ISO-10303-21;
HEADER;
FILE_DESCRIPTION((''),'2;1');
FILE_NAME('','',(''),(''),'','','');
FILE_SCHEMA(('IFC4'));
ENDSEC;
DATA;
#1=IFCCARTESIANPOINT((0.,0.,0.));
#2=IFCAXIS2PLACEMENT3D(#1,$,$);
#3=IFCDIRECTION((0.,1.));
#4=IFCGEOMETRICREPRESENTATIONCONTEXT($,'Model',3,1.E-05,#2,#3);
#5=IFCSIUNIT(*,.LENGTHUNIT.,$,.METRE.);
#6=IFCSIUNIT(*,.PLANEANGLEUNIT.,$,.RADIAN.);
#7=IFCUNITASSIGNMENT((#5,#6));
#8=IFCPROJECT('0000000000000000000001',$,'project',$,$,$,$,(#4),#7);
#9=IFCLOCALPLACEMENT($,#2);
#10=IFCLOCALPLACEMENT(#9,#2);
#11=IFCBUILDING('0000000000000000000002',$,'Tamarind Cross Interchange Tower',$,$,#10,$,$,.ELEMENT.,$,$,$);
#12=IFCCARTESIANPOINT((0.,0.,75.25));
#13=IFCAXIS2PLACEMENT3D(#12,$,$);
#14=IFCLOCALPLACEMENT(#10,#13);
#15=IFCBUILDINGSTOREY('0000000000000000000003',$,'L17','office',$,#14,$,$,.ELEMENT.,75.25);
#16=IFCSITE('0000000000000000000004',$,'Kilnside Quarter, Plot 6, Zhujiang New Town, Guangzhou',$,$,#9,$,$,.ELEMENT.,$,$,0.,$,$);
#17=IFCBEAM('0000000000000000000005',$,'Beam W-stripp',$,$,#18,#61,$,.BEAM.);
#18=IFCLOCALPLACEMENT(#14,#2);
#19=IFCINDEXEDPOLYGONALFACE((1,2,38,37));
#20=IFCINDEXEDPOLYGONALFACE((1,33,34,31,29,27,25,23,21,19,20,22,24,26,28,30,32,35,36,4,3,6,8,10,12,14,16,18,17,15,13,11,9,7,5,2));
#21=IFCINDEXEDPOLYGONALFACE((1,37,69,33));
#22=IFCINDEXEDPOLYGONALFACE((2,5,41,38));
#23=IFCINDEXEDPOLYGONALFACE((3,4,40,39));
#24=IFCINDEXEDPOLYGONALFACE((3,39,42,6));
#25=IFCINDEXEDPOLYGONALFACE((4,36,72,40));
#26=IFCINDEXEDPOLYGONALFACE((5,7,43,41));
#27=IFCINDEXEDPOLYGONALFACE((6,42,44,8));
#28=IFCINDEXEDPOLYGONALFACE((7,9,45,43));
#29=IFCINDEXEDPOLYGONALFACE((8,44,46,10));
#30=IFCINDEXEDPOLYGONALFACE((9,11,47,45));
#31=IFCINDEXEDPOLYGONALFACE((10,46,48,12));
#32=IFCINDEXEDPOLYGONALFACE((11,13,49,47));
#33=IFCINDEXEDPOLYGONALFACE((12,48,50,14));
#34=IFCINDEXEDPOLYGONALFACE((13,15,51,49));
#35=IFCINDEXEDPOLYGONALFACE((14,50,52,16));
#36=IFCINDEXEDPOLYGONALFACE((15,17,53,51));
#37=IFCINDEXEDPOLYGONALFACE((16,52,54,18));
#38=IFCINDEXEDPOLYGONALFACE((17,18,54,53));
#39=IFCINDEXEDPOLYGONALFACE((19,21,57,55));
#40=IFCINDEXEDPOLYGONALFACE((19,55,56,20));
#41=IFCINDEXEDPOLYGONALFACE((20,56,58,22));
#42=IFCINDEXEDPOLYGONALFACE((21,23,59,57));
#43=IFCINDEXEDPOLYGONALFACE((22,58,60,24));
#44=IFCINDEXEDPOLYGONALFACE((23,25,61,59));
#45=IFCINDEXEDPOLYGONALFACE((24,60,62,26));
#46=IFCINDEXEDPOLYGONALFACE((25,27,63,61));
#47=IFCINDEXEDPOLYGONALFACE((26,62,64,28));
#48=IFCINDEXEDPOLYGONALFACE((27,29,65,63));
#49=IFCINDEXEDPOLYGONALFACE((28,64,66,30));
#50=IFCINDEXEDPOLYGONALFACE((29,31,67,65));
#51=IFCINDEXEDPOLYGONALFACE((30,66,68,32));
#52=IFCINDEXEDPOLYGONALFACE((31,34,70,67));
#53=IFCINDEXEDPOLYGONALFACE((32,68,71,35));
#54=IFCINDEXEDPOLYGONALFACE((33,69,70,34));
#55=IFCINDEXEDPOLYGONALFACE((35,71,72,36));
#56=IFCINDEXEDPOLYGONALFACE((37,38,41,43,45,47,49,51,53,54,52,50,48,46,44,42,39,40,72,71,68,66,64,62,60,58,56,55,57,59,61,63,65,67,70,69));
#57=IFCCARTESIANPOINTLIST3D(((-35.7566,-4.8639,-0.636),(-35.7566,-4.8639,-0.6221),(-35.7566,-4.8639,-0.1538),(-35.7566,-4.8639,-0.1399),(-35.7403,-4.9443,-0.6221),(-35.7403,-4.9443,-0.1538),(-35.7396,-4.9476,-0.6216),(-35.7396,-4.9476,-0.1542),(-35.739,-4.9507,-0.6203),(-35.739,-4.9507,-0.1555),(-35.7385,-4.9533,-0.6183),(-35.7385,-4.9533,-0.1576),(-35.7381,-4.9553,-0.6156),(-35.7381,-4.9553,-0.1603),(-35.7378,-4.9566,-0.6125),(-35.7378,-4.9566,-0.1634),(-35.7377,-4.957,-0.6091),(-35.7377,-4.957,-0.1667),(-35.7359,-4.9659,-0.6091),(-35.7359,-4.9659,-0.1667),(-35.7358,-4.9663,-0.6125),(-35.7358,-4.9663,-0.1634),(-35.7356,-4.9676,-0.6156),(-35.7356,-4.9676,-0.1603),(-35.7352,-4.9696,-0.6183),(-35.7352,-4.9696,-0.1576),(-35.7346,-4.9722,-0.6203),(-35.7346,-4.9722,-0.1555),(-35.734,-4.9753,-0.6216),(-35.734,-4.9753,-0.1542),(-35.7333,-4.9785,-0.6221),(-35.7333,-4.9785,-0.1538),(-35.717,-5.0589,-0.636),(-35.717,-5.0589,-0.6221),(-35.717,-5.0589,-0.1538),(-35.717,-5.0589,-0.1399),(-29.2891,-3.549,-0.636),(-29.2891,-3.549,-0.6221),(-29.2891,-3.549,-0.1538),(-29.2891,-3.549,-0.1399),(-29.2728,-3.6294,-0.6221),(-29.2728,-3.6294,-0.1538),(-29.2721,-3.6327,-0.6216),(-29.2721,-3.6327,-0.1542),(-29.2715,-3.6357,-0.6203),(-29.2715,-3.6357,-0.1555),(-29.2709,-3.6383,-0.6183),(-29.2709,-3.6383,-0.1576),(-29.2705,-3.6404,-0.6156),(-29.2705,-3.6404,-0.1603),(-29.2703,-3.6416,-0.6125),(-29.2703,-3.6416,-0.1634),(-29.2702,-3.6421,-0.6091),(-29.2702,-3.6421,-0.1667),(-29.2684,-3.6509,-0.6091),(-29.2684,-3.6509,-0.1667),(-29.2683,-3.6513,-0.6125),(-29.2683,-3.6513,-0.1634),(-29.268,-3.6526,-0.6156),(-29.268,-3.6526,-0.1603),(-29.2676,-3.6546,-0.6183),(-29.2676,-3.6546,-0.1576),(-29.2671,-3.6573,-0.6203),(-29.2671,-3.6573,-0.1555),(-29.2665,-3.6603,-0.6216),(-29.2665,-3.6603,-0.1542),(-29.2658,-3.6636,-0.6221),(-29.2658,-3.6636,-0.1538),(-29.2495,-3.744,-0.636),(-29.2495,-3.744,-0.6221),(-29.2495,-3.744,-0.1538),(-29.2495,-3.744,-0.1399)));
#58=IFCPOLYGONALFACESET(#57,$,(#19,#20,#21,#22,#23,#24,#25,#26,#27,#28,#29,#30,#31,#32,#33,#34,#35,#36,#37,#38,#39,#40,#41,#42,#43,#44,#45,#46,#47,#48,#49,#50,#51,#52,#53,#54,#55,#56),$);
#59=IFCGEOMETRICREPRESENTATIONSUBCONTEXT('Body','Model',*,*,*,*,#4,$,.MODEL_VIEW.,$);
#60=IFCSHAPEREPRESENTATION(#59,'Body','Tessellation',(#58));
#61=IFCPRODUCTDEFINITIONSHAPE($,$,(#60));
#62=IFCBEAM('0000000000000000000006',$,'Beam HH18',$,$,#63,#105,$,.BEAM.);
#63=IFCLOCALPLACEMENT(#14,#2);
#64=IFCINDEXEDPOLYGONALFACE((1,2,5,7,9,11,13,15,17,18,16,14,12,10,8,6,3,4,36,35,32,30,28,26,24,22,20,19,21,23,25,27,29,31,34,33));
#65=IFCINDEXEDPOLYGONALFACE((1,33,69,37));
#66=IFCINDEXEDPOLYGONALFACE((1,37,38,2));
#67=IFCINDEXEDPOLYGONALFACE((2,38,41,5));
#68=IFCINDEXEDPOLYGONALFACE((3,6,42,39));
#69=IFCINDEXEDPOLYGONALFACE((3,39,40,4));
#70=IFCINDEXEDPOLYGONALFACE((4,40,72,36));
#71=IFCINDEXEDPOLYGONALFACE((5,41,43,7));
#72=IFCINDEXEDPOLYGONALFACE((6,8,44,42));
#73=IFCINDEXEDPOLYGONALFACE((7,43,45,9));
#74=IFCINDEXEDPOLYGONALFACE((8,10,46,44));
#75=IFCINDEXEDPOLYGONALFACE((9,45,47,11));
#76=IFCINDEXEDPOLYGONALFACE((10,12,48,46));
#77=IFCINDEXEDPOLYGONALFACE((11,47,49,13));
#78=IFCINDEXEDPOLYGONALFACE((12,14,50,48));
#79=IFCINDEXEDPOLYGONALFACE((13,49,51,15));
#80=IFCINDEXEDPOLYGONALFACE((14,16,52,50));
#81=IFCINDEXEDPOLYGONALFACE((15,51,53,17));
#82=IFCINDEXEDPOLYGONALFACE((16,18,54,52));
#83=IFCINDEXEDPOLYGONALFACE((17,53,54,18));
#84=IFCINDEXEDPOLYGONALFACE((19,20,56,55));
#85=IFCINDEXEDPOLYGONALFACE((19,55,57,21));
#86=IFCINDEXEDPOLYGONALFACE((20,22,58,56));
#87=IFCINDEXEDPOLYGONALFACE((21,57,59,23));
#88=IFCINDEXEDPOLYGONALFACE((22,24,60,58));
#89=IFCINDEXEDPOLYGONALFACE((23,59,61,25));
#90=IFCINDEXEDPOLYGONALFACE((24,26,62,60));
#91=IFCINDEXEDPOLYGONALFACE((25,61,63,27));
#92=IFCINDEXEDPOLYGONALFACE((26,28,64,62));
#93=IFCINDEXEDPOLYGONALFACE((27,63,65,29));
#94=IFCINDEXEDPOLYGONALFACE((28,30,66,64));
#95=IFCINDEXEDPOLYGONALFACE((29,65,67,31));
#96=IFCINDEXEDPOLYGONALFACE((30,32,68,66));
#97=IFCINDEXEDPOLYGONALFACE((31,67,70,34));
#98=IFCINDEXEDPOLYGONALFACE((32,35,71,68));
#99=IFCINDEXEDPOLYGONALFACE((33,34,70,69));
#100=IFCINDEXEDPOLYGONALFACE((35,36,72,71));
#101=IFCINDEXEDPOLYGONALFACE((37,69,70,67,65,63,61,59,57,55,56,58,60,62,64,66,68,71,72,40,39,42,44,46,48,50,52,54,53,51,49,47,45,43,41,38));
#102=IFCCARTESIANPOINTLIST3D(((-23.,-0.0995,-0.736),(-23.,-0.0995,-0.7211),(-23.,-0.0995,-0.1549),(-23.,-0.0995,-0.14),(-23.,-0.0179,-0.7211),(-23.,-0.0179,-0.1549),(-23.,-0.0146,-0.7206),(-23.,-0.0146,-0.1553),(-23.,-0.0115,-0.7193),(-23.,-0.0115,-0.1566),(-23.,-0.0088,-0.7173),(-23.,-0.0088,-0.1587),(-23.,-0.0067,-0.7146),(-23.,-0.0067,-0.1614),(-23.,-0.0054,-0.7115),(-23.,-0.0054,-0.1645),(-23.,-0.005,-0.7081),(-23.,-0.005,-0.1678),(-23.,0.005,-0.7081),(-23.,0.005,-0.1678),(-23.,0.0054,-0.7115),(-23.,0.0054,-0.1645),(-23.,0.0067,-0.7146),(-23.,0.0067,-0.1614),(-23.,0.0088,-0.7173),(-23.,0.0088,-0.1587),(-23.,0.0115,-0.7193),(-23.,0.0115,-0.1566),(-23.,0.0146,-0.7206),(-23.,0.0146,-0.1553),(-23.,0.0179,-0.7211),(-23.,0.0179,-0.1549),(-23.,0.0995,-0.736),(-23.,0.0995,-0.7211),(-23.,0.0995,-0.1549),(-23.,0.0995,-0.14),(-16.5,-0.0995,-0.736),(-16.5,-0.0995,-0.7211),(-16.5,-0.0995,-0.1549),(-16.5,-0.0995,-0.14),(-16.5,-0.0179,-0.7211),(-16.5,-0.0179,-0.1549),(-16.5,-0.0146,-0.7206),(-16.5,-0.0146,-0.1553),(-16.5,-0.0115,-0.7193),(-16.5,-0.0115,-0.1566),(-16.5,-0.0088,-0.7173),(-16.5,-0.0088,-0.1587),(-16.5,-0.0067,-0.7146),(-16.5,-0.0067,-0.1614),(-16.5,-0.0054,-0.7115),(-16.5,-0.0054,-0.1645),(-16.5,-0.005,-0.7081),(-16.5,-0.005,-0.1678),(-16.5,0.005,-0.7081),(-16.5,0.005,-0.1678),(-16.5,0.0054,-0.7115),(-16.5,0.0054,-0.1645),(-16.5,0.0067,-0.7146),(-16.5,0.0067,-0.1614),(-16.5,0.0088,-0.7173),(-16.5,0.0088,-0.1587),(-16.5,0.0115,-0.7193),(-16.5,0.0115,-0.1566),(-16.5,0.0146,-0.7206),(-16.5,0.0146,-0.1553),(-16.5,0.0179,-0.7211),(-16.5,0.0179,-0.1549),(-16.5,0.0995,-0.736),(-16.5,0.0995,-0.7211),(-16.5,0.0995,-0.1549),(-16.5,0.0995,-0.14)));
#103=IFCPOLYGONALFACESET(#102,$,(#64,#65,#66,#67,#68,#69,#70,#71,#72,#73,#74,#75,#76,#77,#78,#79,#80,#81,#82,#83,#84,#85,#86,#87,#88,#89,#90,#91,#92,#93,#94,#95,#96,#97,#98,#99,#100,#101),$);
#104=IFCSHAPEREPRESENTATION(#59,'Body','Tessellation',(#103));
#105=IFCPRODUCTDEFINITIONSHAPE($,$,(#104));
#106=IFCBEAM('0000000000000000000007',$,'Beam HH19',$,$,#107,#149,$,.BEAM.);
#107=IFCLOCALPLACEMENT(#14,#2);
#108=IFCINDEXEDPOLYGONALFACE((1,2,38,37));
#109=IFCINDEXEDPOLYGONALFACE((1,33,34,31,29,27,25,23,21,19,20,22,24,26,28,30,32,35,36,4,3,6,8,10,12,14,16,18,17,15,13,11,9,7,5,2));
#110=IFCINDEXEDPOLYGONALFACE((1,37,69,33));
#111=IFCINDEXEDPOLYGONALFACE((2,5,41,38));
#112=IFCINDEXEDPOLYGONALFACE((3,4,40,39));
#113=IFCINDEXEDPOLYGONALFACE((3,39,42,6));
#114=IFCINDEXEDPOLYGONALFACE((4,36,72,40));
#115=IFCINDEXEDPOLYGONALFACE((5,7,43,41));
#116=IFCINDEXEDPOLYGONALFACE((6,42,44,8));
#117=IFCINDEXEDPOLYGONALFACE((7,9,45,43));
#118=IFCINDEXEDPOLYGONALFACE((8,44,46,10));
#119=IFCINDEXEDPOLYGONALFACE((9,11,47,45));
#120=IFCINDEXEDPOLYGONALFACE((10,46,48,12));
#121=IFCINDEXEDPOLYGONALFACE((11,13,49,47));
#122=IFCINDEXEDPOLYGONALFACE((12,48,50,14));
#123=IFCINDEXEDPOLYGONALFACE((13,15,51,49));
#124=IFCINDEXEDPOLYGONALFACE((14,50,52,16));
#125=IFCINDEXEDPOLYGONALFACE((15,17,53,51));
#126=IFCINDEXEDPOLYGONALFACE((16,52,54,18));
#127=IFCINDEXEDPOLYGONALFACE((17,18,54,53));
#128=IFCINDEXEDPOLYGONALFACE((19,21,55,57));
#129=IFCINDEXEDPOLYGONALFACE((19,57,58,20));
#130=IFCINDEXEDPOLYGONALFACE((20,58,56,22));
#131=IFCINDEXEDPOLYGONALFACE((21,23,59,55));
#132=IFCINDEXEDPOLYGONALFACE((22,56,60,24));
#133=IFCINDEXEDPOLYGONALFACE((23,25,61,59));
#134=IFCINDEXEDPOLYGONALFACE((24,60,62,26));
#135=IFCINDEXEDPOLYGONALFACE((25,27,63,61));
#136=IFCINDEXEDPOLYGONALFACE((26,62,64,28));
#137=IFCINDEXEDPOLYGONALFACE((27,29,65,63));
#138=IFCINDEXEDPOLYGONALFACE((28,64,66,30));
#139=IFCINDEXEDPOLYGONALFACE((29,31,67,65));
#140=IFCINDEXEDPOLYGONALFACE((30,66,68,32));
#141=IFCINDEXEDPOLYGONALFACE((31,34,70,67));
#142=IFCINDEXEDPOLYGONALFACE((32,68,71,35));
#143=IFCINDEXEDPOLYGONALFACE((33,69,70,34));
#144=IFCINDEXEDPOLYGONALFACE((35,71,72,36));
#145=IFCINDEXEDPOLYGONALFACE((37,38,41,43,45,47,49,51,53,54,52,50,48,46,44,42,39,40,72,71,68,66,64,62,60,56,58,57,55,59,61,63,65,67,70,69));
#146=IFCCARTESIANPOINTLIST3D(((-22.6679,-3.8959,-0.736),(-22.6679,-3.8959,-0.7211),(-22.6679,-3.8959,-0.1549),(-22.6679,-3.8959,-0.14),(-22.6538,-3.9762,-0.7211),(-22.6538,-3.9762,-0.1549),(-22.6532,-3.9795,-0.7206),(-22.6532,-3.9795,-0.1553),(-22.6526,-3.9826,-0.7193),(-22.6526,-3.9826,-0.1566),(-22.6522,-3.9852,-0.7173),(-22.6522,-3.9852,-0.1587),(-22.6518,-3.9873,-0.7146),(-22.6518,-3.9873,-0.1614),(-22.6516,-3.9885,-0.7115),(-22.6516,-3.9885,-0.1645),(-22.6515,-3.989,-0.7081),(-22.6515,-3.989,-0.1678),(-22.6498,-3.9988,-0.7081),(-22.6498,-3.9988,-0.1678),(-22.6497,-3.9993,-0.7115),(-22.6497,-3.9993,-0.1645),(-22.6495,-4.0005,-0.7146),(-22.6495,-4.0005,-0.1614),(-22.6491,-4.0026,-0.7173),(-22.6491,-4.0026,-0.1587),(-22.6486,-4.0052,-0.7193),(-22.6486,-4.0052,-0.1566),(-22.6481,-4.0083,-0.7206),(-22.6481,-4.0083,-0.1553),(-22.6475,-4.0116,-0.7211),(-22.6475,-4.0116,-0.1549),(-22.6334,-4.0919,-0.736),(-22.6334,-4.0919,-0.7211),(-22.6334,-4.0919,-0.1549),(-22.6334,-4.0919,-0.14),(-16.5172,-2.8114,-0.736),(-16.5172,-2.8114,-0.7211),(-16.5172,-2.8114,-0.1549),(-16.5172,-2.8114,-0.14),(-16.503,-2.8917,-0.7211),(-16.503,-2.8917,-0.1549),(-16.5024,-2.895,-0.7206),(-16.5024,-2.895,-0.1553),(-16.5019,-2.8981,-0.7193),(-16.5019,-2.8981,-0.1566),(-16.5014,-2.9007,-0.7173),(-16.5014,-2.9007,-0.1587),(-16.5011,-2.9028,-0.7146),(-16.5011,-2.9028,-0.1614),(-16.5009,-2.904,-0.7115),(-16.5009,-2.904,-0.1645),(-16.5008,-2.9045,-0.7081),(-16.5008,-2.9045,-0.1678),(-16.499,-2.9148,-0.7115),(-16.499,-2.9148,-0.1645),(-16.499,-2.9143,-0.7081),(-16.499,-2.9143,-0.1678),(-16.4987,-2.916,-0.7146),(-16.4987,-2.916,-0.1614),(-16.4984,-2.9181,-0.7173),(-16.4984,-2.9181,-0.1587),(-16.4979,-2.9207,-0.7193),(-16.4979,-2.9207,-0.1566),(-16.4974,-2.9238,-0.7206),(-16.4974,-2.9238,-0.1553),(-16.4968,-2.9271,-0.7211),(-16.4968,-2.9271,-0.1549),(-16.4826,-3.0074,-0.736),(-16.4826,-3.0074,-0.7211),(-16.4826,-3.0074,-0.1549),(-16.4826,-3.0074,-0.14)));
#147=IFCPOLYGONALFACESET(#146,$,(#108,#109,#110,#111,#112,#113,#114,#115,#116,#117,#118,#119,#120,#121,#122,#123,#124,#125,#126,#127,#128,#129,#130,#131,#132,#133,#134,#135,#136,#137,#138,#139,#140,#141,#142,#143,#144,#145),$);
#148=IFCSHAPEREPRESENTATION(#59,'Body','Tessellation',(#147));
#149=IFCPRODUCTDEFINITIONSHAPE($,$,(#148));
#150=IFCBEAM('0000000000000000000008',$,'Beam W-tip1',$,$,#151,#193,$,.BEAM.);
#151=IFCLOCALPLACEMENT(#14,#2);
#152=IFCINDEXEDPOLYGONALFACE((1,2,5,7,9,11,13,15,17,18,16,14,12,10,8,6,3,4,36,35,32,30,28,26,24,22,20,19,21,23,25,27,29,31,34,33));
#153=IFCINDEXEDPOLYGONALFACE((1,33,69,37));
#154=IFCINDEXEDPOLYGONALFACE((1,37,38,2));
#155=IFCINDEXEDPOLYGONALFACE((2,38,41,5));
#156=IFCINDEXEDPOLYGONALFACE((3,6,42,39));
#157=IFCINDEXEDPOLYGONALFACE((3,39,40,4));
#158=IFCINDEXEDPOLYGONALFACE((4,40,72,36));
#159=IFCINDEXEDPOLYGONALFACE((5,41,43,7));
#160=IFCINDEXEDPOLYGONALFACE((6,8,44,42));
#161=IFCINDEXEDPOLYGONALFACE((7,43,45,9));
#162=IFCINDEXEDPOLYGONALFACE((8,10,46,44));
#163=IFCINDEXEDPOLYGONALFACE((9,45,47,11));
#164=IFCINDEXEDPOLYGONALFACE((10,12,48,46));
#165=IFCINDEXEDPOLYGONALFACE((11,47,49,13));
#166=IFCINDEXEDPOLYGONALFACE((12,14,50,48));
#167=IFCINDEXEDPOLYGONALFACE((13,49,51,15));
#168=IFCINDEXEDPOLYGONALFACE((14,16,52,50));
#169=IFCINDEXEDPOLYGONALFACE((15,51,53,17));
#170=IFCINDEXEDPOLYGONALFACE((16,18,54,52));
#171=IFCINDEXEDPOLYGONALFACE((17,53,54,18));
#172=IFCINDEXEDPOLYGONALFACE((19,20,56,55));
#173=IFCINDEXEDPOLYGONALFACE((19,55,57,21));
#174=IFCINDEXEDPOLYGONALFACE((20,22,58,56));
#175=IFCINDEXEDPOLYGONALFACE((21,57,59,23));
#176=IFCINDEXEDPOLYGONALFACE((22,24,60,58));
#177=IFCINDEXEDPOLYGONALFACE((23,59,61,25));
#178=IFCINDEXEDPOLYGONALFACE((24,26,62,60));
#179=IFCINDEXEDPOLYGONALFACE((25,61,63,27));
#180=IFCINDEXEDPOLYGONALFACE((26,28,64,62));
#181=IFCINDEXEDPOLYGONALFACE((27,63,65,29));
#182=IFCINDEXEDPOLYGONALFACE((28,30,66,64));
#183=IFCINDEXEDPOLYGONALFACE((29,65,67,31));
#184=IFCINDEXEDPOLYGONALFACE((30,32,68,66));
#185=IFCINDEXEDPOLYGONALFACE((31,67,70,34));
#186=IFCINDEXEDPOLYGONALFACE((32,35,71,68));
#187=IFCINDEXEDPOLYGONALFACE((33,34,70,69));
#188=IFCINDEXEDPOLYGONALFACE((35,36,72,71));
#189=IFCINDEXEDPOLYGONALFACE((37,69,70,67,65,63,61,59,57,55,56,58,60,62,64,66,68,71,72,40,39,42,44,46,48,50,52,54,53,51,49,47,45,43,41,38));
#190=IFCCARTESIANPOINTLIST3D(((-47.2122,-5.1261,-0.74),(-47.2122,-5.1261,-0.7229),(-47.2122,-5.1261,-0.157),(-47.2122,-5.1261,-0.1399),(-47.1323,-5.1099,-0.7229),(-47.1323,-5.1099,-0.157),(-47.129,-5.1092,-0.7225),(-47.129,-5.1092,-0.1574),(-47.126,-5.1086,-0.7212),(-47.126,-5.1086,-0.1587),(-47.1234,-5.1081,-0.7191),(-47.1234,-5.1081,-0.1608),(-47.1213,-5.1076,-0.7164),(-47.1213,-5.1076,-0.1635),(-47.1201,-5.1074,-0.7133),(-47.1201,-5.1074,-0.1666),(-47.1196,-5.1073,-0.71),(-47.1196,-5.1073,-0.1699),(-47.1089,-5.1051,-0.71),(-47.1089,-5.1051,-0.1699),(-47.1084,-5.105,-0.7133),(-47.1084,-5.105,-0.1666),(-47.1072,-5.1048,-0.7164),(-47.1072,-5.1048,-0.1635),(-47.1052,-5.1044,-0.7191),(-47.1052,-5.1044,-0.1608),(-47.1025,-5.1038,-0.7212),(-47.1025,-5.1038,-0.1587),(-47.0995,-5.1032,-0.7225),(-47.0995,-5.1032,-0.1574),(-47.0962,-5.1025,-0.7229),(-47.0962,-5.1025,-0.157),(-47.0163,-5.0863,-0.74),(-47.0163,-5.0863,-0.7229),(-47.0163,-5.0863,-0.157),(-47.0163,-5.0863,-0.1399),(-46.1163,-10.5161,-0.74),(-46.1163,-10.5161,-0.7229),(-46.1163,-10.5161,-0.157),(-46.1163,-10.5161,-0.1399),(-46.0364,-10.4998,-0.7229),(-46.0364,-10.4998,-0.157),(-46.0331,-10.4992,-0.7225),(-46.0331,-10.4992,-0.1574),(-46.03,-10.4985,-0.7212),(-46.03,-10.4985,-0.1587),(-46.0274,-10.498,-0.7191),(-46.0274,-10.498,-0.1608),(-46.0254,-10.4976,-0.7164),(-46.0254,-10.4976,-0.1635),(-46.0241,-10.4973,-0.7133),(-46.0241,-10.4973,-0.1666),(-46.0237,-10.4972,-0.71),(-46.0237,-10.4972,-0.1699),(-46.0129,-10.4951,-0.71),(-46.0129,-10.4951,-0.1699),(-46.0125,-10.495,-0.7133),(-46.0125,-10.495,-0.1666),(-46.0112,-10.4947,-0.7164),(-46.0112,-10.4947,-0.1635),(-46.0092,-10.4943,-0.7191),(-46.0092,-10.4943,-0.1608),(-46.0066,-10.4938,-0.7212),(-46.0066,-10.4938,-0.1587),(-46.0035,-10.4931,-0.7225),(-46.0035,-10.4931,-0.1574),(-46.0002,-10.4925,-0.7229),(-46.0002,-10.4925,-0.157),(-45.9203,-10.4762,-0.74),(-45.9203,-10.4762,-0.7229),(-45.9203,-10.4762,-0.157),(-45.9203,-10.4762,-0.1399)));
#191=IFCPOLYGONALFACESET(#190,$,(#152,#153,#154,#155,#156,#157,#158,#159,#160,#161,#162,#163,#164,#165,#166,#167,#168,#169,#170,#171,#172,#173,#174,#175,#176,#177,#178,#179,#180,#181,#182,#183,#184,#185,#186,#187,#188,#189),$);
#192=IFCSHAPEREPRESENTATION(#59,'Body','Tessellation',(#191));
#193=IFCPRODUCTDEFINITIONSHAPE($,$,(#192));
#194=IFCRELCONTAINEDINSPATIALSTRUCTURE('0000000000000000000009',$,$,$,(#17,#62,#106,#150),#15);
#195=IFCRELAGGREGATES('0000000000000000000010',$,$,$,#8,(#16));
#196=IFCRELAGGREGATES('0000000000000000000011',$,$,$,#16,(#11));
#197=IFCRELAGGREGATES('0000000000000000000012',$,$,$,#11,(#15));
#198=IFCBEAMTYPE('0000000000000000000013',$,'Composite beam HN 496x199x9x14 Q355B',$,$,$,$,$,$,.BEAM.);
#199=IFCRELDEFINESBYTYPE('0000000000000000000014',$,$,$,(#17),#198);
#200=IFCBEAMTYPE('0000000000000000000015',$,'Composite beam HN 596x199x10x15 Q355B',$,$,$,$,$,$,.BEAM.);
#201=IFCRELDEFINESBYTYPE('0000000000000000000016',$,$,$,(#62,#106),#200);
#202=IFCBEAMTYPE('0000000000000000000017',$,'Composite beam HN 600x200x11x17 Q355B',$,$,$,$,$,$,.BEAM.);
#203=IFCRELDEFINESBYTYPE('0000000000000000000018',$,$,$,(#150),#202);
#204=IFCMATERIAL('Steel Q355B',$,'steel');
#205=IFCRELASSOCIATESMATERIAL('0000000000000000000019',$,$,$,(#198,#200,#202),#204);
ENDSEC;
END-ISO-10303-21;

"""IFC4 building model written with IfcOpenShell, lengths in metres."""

from ifc_helpers import new_model, si_unit, direction, frame, origin, origin_2d, place, context, subcontext, project, spatial, i_section, extrude, material, material_profile, profile_set, type_object, element, save


model = new_model("IFC4")

# Units and contexts
model_context = context("Model", 3, precision=1e-05, world=origin(), true_north=direction((0.0, 1.0)))
body_context = subcontext(model_context, "Body", "Model", "MODEL_VIEW")
ifc_project = project(units=[si_unit("LENGTHUNIT", "METRE"), si_unit("PLANEANGLEUNIT", "RADIAN")], contexts=[model_context])

# Site, building, storey
site_placement = place(None, origin())
site = spatial("IfcSite", under=ifc_project, at=site_placement, Name="Kilnside Quarter, Plot 6, Zhujiang New Town, Guangzhou", CompositionType="ELEMENT", RefElevation=0.0)
building_placement = place(site_placement, origin())
building = spatial("IfcBuilding", under=site, at=building_placement, Name="Tamarind Cross Interchange Tower", CompositionType="ELEMENT")
storey_placement = place(building_placement, frame((0.0, 0.0, 75.25)))
storey = spatial("IfcBuildingStorey", under=building, at=storey_placement, Name="L17", Description="office", CompositionType="ELEMENT", Elevation=75.25)

# Beams
ifc_material_1 = material(Name="Steel Q355B", Category="steel")
ifc_material_profile_1 = material_profile(ifc_material_1, i_section(OverallWidth=0.199, OverallDepth=0.4961, WebThickness=0.009, FlangeThickness=0.0139, FilletRadius=0.0129, at=origin_2d()), Name="HN 496x199x9x14")
ifc_profile_set_1 = profile_set([ifc_material_profile_1], Name="Steel Q355B")
beam_type_1 = type_object("IfcBeamType", Name="Composite beam HN 496x199x9x14 Q355B", PredefinedType="BEAM", material=ifc_profile_set_1)
beam_1_placement = place(storey_placement, frame((-29.2693, -3.6465, -0.3879), z_axis=(-0.979951, -0.199238, 0.0), x_axis=(0.199238, -0.979951, 0.0)))
element("IfcBeam", 1, at=beam_1_placement, inside=storey, type_object=beam_type_1, Name="Beam W-stripp", PredefinedType="BEAM", context=body_context, shape_type="SweptSolid", body=[
    extrude(i_section(OverallWidth=0.199, OverallDepth=0.4961, WebThickness=0.009, FlangeThickness=0.0139, FilletRadius=0.0129, at=origin_2d()), origin(), (0.0, 0.0, 1.0), 6.5999),
])
ifc_material_profile_2 = material_profile(ifc_material_1, i_section(OverallWidth=0.199, OverallDepth=0.5959, WebThickness=0.01, FlangeThickness=0.0149, FilletRadius=0.0129, at=origin_2d()), Name="HN 596x199x10x15")
ifc_profile_set_2 = profile_set([ifc_material_profile_2], Name="Steel Q355B")
beam_type_2 = type_object("IfcBeamType", Name="Composite beam HN 596x199x10x15 Q355B", PredefinedType="BEAM", material=ifc_profile_set_2)
beam_2_placement = place(storey_placement, frame((-23.0, 0.0, -0.438), z_axis=(1.0, 0.0, 0.0), x_axis=(0.0, 1.0, 0.0)))
element("IfcBeam", 2, at=beam_2_placement, inside=storey, type_object=beam_type_2, Name="Beam HH18", PredefinedType="BEAM", context=body_context, shape_type="SweptSolid", body=[
    extrude(i_section(OverallWidth=0.199, OverallDepth=0.5959, WebThickness=0.01, FlangeThickness=0.0149, FilletRadius=0.0129, at=origin_2d()), origin(), (0.0, 0.0, 1.0), 6.5),
])
beam_3_placement = place(storey_placement, frame((-22.6506, -3.9939, -0.438), z_axis=(0.984809, 0.17364, 0.0), x_axis=(-0.17364, 0.984809, 0.0)))
element("IfcBeam", 3, at=beam_3_placement, inside=storey, type_object=beam_type_2, Name="Beam HH19", PredefinedType="BEAM", context=body_context, shape_type="SweptSolid", body=[
    extrude(i_section(OverallWidth=0.199, OverallDepth=0.5959, WebThickness=0.01, FlangeThickness=0.0149, FilletRadius=0.0129, at=origin_2d()), origin(), (0.0, 0.0, 1.0), 6.2456),
])
ifc_material_profile_3 = material_profile(ifc_material_1, i_section(OverallWidth=0.2, OverallDepth=0.6001, WebThickness=0.011, FlangeThickness=0.0171, FilletRadius=0.0129, at=origin_2d()), Name="HN 600x200x11x17")
ifc_profile_set_3 = profile_set([ifc_material_profile_3], Name="Steel Q355B")
beam_type_3 = type_object("IfcBeamType", Name="Composite beam HN 600x200x11x17 Q355B", PredefinedType="BEAM", material=ifc_profile_set_3)
beam_4_placement = place(storey_placement, frame((-47.1143, -5.1062, -0.4399), z_axis=(0.199256, -0.979947, 0.0), x_axis=(0.979947, 0.199256, 0.0)))
element("IfcBeam", 4, at=beam_4_placement, inside=storey, type_object=beam_type_3, Name="Beam W-tip1", PredefinedType="BEAM", context=body_context, shape_type="SweptSolid", body=[
    extrude(i_section(OverallWidth=0.2, OverallDepth=0.6001, WebThickness=0.011, FlangeThickness=0.0171, FilletRadius=0.0129, at=origin_2d()), origin(), (0.0, 0.0, 1.0), 5.5002),
])

save(model, "model.ifc")
